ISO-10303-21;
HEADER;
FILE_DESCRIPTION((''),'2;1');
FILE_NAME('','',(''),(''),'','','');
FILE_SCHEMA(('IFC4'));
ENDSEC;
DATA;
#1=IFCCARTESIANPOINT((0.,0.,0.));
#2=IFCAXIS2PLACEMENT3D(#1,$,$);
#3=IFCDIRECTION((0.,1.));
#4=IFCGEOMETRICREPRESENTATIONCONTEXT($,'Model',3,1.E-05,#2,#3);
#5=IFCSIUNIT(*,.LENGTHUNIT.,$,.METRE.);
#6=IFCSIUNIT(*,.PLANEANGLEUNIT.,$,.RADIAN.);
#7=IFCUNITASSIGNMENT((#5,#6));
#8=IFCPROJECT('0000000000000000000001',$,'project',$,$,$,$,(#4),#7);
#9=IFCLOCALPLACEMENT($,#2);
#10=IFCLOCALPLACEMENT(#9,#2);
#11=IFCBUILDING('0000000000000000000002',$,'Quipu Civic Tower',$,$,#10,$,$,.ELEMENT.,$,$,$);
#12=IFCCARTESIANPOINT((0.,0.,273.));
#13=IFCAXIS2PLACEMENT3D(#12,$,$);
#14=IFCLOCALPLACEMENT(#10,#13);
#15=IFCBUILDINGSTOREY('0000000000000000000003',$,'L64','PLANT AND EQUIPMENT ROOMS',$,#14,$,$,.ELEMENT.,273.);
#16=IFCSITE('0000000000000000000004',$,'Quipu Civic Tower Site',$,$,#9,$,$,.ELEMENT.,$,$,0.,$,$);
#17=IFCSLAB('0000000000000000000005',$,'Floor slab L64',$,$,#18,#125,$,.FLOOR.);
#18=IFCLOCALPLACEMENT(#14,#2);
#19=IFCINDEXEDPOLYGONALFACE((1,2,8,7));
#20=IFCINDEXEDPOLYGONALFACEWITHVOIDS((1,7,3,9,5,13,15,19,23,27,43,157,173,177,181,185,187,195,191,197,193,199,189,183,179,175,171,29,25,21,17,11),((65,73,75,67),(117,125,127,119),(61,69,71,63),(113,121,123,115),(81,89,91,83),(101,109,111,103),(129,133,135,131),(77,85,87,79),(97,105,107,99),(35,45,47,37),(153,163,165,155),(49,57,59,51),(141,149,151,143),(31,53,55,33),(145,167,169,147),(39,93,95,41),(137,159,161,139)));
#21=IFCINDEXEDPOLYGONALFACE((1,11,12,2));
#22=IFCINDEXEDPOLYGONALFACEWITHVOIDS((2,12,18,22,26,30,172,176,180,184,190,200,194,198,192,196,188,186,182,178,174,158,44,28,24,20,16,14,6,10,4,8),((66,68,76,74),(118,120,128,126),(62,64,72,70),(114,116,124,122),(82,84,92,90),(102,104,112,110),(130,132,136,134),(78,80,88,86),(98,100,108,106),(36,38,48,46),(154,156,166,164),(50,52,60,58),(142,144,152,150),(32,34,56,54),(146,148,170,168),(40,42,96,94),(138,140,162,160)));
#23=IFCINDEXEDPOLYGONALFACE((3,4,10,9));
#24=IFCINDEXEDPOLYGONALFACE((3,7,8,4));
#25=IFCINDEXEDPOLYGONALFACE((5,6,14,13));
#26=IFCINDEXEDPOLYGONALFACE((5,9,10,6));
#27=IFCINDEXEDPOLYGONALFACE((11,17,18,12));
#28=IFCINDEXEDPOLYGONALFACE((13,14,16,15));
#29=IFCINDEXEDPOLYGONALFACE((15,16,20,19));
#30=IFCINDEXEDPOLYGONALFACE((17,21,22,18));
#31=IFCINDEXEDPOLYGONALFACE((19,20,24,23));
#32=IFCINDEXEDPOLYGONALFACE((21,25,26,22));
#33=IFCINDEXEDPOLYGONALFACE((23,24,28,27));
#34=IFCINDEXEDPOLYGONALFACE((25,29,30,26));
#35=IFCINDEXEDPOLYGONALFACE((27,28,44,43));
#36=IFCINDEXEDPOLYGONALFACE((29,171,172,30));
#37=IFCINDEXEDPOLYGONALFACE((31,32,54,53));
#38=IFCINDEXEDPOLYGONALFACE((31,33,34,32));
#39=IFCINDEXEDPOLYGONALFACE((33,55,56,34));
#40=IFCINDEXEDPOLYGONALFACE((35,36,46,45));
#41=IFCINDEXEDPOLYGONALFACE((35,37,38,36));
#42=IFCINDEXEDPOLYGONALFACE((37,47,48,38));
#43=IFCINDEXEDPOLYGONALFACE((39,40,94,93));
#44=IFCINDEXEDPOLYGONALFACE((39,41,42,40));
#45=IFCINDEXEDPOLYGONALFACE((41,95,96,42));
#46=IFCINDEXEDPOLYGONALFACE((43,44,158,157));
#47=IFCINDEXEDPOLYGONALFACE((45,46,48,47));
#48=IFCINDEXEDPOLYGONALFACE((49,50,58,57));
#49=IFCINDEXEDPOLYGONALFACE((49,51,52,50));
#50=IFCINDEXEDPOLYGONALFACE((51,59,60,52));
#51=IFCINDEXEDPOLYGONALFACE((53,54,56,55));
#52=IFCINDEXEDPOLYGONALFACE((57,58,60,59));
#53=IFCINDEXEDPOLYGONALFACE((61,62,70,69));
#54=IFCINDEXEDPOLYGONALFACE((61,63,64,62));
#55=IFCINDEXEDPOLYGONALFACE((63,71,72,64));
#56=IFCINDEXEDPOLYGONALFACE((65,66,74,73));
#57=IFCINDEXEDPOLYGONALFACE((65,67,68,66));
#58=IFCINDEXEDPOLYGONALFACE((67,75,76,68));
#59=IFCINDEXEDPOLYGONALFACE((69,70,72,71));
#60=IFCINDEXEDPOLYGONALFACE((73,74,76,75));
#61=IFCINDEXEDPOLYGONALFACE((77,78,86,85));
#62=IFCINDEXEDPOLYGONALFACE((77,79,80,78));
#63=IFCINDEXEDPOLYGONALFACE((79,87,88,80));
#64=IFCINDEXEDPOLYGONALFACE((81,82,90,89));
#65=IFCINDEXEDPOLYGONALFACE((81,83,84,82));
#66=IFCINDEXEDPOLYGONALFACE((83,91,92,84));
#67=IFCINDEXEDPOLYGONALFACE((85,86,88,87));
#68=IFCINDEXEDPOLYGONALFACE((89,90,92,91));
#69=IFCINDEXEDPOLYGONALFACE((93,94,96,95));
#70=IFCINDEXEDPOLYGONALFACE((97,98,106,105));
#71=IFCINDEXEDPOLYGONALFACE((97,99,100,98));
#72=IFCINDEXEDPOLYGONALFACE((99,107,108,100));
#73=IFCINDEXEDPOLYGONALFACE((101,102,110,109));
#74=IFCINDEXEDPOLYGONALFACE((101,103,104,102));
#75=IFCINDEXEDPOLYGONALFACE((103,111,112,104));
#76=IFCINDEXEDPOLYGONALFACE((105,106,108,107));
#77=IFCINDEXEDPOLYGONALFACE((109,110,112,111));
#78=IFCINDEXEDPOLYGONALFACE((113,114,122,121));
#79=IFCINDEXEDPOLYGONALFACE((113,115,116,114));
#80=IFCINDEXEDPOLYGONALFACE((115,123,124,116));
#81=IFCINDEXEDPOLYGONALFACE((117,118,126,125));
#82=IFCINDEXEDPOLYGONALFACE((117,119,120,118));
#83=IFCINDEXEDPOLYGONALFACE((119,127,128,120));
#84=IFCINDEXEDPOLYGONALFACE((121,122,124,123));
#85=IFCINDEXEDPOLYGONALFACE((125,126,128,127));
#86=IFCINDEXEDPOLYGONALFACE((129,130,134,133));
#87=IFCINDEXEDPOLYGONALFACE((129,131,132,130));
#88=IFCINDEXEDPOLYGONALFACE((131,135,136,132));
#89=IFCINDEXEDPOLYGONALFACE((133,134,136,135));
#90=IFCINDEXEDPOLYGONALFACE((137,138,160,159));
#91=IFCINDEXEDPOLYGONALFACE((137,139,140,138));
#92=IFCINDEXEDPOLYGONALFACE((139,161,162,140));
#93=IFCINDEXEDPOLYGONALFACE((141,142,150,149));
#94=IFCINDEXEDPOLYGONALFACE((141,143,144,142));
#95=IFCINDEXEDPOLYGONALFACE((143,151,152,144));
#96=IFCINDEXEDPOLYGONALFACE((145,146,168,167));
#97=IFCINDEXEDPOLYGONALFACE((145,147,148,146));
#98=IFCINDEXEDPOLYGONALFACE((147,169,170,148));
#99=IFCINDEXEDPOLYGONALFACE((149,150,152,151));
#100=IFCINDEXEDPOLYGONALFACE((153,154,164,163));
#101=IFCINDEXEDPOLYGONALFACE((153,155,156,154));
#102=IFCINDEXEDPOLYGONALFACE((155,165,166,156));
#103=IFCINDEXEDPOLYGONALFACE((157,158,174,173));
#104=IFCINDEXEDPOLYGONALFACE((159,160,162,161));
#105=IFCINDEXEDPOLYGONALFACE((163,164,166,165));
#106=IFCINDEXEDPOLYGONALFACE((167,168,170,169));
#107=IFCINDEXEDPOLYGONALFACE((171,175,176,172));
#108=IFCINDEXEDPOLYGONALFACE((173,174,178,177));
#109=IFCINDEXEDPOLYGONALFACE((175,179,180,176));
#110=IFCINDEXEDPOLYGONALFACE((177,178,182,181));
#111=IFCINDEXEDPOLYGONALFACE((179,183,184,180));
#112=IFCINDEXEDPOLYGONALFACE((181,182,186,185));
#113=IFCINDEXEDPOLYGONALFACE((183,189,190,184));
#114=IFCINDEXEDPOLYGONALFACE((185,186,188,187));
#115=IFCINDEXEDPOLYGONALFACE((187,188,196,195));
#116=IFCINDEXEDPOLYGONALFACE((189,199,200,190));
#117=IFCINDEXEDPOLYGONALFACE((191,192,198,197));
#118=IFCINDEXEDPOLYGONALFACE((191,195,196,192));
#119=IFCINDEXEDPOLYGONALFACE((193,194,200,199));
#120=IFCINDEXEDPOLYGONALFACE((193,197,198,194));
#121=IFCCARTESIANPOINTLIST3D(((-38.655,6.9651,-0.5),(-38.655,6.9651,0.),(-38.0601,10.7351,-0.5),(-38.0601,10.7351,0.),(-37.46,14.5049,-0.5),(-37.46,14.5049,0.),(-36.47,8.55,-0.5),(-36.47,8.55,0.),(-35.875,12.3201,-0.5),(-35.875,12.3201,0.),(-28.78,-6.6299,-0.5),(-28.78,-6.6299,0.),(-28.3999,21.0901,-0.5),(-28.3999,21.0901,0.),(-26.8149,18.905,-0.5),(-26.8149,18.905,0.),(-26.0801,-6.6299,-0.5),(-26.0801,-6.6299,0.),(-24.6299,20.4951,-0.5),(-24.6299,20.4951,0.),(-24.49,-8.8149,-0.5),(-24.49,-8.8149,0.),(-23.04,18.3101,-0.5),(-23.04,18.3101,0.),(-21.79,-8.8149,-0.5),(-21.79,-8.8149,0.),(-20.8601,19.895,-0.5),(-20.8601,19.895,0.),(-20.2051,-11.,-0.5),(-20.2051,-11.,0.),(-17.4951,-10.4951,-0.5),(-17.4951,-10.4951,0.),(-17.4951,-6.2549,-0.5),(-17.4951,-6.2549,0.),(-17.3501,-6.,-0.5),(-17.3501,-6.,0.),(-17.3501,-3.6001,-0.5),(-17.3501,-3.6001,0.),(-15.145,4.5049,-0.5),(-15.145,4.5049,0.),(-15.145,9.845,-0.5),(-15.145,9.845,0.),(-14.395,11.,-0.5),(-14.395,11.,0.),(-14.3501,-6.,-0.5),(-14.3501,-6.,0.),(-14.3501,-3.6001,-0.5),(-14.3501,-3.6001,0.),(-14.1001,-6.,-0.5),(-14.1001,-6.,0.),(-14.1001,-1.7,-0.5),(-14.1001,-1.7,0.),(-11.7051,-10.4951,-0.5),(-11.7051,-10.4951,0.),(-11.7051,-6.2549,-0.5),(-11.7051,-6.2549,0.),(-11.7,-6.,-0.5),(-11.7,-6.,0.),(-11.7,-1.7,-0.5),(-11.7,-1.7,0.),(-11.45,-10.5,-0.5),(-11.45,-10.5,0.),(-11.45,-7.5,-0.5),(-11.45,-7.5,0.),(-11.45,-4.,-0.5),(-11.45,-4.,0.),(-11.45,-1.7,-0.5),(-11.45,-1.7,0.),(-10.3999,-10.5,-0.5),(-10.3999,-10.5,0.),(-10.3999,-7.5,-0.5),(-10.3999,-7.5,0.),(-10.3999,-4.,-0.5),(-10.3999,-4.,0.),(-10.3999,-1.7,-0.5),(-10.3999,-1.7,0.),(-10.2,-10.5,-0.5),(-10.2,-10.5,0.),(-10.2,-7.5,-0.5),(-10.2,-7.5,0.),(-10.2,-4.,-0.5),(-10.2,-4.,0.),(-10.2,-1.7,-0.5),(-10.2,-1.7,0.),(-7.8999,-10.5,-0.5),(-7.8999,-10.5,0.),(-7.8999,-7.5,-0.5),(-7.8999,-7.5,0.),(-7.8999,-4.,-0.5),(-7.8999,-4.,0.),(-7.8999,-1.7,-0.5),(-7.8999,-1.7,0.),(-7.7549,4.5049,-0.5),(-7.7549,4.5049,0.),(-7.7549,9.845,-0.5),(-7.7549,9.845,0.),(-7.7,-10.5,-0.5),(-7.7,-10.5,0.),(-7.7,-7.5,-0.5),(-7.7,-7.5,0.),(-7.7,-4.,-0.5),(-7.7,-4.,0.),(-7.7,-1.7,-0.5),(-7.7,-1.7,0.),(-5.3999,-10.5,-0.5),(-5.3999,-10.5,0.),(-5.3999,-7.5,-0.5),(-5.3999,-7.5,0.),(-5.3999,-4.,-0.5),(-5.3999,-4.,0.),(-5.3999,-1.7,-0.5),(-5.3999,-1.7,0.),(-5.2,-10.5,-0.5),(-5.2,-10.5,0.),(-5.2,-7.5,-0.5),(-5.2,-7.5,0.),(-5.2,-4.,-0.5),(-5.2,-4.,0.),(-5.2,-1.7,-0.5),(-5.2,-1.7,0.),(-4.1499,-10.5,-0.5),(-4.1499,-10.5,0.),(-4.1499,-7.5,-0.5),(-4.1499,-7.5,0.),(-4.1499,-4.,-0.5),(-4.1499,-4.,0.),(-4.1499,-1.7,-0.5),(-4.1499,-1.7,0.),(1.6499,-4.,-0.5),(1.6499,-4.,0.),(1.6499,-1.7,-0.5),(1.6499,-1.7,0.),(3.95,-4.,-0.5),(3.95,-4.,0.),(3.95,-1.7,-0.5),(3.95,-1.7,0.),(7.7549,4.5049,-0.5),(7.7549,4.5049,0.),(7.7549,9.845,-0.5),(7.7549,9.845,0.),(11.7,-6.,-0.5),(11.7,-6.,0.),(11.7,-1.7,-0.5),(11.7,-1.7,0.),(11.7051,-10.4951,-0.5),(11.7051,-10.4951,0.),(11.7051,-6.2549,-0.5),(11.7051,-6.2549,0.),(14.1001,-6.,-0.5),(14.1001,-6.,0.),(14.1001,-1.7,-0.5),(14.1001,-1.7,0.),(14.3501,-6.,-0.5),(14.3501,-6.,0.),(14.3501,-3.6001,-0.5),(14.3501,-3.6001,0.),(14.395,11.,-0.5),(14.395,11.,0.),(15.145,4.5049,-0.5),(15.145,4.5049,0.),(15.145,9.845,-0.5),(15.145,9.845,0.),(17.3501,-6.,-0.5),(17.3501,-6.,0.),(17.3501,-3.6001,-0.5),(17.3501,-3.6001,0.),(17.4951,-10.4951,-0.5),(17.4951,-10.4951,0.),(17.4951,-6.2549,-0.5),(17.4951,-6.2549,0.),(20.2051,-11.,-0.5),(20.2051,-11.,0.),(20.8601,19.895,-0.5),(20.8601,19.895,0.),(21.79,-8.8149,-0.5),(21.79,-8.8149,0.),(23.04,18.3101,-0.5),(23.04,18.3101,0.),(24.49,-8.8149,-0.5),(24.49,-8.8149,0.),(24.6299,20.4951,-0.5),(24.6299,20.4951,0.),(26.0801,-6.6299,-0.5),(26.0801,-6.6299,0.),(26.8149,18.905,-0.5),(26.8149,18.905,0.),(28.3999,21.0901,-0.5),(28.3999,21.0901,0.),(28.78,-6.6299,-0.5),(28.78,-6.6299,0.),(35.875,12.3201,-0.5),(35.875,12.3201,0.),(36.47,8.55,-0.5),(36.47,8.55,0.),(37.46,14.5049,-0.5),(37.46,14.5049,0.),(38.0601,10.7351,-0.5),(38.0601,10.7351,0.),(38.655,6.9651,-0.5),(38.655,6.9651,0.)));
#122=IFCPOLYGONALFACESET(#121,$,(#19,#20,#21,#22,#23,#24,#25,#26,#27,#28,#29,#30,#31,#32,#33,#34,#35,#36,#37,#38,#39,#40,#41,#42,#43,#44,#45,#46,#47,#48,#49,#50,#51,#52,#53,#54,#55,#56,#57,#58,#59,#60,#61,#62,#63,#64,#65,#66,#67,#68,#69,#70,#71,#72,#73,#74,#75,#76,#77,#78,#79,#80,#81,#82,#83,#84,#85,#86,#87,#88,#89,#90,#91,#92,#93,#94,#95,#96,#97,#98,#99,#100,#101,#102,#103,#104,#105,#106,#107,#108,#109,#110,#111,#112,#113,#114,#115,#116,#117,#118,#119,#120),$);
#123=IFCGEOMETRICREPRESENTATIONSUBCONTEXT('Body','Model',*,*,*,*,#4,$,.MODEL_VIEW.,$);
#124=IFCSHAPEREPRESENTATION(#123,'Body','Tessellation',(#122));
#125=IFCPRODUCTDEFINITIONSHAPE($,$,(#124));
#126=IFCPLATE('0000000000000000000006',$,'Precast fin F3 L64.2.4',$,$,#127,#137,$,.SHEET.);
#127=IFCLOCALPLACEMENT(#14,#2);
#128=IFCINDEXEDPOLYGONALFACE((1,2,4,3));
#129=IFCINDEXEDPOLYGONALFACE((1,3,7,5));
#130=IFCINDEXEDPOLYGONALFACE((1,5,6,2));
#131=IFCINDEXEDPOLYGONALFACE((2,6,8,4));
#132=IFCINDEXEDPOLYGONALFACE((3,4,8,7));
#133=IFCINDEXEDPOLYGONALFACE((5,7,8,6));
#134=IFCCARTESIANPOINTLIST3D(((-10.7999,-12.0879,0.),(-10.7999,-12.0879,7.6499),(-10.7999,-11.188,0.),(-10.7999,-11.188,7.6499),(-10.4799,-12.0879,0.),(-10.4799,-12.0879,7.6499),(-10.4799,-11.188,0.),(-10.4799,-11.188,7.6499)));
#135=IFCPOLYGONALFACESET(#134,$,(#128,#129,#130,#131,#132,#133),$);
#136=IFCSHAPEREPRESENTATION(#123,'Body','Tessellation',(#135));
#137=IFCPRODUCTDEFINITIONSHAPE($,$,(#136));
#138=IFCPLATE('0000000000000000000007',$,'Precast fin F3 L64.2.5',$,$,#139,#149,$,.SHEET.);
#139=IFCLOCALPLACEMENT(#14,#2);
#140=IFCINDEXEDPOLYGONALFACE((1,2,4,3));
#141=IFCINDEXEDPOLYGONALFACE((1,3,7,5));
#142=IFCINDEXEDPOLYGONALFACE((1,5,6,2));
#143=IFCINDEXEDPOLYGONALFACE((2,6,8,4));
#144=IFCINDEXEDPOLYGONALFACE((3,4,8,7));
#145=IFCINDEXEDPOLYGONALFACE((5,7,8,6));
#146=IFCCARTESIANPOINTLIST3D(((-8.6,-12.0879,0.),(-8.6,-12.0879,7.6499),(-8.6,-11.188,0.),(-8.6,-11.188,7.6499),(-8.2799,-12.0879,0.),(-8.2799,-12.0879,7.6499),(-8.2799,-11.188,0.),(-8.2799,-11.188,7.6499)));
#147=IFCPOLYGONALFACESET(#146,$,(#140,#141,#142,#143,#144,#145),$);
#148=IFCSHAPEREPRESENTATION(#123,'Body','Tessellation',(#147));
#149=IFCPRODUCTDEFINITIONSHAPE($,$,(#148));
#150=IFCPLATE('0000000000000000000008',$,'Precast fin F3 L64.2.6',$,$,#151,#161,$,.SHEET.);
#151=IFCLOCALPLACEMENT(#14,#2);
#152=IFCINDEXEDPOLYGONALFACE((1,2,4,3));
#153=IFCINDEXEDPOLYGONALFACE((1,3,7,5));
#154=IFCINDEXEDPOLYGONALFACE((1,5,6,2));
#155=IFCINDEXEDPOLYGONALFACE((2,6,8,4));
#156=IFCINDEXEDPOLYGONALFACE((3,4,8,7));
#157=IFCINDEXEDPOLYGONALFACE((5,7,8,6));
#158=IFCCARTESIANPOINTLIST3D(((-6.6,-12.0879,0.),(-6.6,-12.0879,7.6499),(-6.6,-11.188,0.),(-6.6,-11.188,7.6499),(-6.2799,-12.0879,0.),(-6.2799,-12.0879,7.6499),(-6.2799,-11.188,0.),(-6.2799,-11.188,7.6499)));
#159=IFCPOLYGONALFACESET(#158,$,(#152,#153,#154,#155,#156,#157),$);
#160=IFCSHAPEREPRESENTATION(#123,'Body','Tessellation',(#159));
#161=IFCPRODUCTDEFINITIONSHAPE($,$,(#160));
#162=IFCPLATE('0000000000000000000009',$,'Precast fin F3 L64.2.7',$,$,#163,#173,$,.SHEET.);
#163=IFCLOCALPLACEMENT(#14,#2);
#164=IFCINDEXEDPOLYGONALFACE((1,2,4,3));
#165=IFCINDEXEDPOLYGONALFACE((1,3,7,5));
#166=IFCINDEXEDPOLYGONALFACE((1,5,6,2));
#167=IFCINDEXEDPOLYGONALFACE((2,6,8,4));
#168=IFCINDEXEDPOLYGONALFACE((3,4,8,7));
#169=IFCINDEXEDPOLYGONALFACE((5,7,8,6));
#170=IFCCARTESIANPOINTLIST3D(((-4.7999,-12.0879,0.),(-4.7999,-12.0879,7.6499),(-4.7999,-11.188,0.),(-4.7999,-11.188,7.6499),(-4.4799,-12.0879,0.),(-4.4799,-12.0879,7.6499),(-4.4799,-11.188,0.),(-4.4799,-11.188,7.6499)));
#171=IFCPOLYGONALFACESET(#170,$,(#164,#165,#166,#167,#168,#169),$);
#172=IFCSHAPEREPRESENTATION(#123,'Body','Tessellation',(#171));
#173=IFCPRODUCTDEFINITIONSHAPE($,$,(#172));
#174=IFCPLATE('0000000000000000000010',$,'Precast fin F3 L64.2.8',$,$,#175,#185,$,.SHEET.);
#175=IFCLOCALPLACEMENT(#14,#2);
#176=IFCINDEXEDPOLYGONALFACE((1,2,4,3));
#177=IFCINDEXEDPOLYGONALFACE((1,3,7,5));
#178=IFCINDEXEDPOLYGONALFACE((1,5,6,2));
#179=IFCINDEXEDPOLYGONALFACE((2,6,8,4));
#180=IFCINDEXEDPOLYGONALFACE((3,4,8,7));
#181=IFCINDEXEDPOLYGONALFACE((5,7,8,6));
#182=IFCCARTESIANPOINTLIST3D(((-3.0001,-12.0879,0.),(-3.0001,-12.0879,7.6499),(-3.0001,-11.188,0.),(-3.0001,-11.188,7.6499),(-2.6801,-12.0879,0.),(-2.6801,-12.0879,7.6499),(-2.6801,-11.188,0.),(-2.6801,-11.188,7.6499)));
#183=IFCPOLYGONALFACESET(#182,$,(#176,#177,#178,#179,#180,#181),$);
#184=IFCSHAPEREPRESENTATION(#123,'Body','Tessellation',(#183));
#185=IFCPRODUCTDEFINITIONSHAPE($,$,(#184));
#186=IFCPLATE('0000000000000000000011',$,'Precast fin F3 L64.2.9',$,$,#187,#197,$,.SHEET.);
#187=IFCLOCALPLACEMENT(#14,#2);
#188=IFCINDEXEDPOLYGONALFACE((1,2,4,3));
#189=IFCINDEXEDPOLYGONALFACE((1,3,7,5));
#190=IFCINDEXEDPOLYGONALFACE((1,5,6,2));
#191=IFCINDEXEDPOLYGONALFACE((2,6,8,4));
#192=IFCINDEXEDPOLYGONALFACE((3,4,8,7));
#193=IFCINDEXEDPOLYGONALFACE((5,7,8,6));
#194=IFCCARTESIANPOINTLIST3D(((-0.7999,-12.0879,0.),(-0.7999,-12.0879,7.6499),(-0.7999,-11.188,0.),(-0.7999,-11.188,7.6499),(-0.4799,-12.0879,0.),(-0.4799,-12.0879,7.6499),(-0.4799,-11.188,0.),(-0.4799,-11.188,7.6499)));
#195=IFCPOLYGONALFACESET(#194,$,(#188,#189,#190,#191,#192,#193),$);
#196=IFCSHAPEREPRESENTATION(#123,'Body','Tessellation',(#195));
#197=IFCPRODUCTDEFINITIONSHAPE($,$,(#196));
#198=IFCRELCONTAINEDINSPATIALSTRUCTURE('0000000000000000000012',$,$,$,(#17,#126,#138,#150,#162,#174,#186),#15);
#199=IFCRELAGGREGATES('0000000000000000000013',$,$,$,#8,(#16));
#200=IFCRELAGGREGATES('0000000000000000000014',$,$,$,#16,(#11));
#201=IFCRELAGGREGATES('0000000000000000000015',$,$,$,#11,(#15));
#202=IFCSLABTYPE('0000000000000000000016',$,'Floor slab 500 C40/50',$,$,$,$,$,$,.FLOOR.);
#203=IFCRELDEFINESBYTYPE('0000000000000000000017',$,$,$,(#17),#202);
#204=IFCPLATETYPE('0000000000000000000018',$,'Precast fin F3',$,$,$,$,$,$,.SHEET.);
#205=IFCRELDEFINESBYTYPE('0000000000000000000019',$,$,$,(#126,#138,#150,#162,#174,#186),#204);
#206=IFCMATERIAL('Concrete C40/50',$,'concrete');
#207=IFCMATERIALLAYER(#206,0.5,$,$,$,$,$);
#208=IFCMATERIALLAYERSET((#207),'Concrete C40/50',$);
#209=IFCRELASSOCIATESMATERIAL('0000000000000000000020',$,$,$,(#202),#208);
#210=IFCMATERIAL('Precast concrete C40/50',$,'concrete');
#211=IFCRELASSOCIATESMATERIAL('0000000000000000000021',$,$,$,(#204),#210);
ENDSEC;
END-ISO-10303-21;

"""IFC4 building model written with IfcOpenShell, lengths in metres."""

from ifc_helpers import new_model, si_unit, direction, frame, origin, origin_2d, place, context, subcontext, project, spatial, polyline, rectangle, outline, extrude, material, layer, layer_set, type_object, element, save


model = new_model("IFC4")

# Units and contexts
model_context = context("Model", 3, precision=1e-05, world=origin(), true_north=direction((0.0, 1.0)))
body_context = subcontext(model_context, "Body", "Model", "MODEL_VIEW")
ifc_project = project(units=[si_unit("LENGTHUNIT", "METRE"), si_unit("PLANEANGLEUNIT", "RADIAN")], contexts=[model_context])

# Site, building, storey
site_placement = place(None, origin())
site = spatial("IfcSite", under=ifc_project, at=site_placement, Name="Quipu Civic Tower Site", CompositionType="ELEMENT", RefElevation=0.0)
building_placement = place(site_placement, origin())
building = spatial("IfcBuilding", under=site, at=building_placement, Name="Quipu Civic Tower", CompositionType="ELEMENT")
storey_placement = place(building_placement, frame((0.0, 0.0, 273.0)))
storey = spatial("IfcBuildingStorey", under=building, at=storey_placement, Name="L64", Description="PLANT AND EQUIPMENT ROOMS", CompositionType="ELEMENT", Elevation=273.0)

# Slab
ifc_material_1 = material(Name="Concrete C40/50", Category="concrete")
ifc_layer_1 = layer(ifc_material_1, 0.5)
ifc_layer_set_1 = layer_set([ifc_layer_1], Name="Concrete C40/50")
slab_type_1 = type_object("IfcSlabType", Name="Floor slab 500 C40/50", PredefinedType="FLOOR", material=ifc_layer_set_1)
slab_1_placement = place(storey_placement, frame((0.0, 0.0, -0.5)))
element("IfcSlab", 1, at=slab_1_placement, inside=storey, type_object=slab_type_1, Name="Floor slab L64", PredefinedType="FLOOR", context=body_context, shape_type="SweptSolid", body=[
    extrude(outline(polyline([(20.8601, 19.895), (23.04, 18.3101), (24.6299, 20.4951), (26.8149, 18.905), (28.3999, 21.0901), (37.46, 14.5049), (35.875, 12.3201), (38.0601, 10.7351), (36.47, 8.55), (38.655, 6.9651), (28.78, -6.6299), (26.0801, -6.6299), (24.49, -8.8149), (21.79, -8.8149), (20.2051, -11.0), (-20.2051, -11.0), (-21.79, -8.8149), (-24.49, -8.8149), (-26.0801, -6.6299), (-28.78, -6.6299), (-38.655, 6.9651), (-36.47, 8.55), (-38.0601, 10.7351), (-35.875, 12.3201), (-37.46, 14.5049), (-28.3999, 21.0901), (-26.8149, 18.905), (-24.6299, 20.4951), (-23.04, 18.3101), (-20.8601, 19.895), (-14.395, 11.0), (14.395, 11.0), (20.8601, 19.895)]), holes=[polyline([(-11.45, -7.5), (-11.45, -10.5), (-10.3999, -10.5), (-10.3999, -7.5), (-11.45, -7.5)]), polyline([(-10.2, -7.5), (-10.2, -10.5), (-7.8999, -10.5), (-7.8999, -7.5), (-10.2, -7.5)]), polyline([(-7.7, -7.5), (-7.7, -10.5), (-5.3999, -10.5), (-5.3999, -7.5), (-7.7, -7.5)]), polyline([(-11.7051, -6.2549), (-17.4951, -6.2549), (-17.4951, -10.4951), (-11.7051, -10.4951), (-11.7051, -6.2549)]), polyline([(-17.3501, -3.6001), (-17.3501, -6.0), (-14.3501, -6.0), (-14.3501, -3.6001), (-17.3501, -3.6001)]), polyline([(-14.1001, -1.7), (-14.1001, -6.0), (-11.7, -6.0), (-11.7, -1.7), (-14.1001, -1.7)]), polyline([(-11.45, -1.7), (-11.45, -4.0), (-10.3999, -4.0), (-10.3999, -1.7), (-11.45, -1.7)]), polyline([(-10.2, -1.7), (-10.2, -4.0), (-7.8999, -4.0), (-7.8999, -1.7), (-10.2, -1.7)]), polyline([(-7.7549, 9.845), (-15.145, 9.845), (-15.145, 4.5049), (-7.7549, 4.5049), (-7.7549, 9.845)]), polyline([(-5.2, -7.5), (-5.2, -10.5), (-4.1499, -10.5), (-4.1499, -7.5), (-5.2, -7.5)]), polyline([(11.7051, -10.4951), (17.4951, -10.4951), (17.4951, -6.2549), (11.7051, -6.2549), (11.7051, -10.4951)]), polyline([(14.3501, -3.6001), (14.3501, -6.0), (17.3501, -6.0), (17.3501, -3.6001), (14.3501, -3.6001)]), polyline([(11.7, -1.7), (11.7, -6.0), (14.1001, -6.0), (14.1001, -1.7), (11.7, -1.7)]), polyline([(-7.7, -1.7), (-7.7, -4.0), (-5.3999, -4.0), (-5.3999, -1.7), (-7.7, -1.7)]), polyline([(-5.2, -1.7), (-5.2, -4.0), (-4.1499, -4.0), (-4.1499, -1.7), (-5.2, -1.7)]), polyline([(3.95, -1.7), (1.6499, -1.7), (1.6499, -4.0), (3.95, -4.0), (3.95, -1.7)]), polyline([(7.7549, 9.845), (7.7549, 4.5049), (15.145, 4.5049), (15.145, 9.845), (7.7549, 9.845)])]), origin(), (0.0, 0.0, 1.0), 0.5),
])

# Plates
ifc_material_2 = material(Name="Precast concrete C40/50", Category="concrete")
plate_type = type_object("IfcPlateType", Name="Precast fin F3", PredefinedType="SHEET", material=ifc_material_2)
for number, where, z_axis, x_axis, name in (
    (2, (-10.6399, -11.6379, 0.0), (0.0, 0.0, 1.0), (1.0, 0.0, 0.0), "Precast fin F3 L64.2.4"),
    (3, (-8.4399, -11.6379, 0.0), (0.0, 0.0, 1.0), (1.0, 0.0, 0.0), "Precast fin F3 L64.2.5"),
    (4, (-6.4399, -11.6379, 0.0), (0.0, 0.0, 1.0), (1.0, 0.0, 0.0), "Precast fin F3 L64.2.6"),
    (5, (-4.6399, -11.6379, 0.0), (0.0, 0.0, 1.0), (1.0, 0.0, 0.0), "Precast fin F3 L64.2.7"),
    (6, (-2.8401, -11.6379, 0.0), (0.0, 0.0, 1.0), (1.0, 0.0, 0.0), "Precast fin F3 L64.2.8"),
    (7, (-0.6399, -11.6379, 0.0), (0.0, 0.0, 1.0), (1.0, 0.0, 0.0), "Precast fin F3 L64.2.9"),
):
    element("IfcPlate", number, at=place(storey_placement, frame(where, z_axis=z_axis, x_axis=x_axis)), inside=storey, type_object=plate_type, Name=name, PredefinedType="SHEET", context=body_context, shape_type="SweptSolid", body=[
        extrude(rectangle(XDim=0.3201, YDim=0.8999, at=origin_2d()), origin(), (0.0, 0.0, 1.0), 7.6499),
    ])

save(model, "model.ifc")
